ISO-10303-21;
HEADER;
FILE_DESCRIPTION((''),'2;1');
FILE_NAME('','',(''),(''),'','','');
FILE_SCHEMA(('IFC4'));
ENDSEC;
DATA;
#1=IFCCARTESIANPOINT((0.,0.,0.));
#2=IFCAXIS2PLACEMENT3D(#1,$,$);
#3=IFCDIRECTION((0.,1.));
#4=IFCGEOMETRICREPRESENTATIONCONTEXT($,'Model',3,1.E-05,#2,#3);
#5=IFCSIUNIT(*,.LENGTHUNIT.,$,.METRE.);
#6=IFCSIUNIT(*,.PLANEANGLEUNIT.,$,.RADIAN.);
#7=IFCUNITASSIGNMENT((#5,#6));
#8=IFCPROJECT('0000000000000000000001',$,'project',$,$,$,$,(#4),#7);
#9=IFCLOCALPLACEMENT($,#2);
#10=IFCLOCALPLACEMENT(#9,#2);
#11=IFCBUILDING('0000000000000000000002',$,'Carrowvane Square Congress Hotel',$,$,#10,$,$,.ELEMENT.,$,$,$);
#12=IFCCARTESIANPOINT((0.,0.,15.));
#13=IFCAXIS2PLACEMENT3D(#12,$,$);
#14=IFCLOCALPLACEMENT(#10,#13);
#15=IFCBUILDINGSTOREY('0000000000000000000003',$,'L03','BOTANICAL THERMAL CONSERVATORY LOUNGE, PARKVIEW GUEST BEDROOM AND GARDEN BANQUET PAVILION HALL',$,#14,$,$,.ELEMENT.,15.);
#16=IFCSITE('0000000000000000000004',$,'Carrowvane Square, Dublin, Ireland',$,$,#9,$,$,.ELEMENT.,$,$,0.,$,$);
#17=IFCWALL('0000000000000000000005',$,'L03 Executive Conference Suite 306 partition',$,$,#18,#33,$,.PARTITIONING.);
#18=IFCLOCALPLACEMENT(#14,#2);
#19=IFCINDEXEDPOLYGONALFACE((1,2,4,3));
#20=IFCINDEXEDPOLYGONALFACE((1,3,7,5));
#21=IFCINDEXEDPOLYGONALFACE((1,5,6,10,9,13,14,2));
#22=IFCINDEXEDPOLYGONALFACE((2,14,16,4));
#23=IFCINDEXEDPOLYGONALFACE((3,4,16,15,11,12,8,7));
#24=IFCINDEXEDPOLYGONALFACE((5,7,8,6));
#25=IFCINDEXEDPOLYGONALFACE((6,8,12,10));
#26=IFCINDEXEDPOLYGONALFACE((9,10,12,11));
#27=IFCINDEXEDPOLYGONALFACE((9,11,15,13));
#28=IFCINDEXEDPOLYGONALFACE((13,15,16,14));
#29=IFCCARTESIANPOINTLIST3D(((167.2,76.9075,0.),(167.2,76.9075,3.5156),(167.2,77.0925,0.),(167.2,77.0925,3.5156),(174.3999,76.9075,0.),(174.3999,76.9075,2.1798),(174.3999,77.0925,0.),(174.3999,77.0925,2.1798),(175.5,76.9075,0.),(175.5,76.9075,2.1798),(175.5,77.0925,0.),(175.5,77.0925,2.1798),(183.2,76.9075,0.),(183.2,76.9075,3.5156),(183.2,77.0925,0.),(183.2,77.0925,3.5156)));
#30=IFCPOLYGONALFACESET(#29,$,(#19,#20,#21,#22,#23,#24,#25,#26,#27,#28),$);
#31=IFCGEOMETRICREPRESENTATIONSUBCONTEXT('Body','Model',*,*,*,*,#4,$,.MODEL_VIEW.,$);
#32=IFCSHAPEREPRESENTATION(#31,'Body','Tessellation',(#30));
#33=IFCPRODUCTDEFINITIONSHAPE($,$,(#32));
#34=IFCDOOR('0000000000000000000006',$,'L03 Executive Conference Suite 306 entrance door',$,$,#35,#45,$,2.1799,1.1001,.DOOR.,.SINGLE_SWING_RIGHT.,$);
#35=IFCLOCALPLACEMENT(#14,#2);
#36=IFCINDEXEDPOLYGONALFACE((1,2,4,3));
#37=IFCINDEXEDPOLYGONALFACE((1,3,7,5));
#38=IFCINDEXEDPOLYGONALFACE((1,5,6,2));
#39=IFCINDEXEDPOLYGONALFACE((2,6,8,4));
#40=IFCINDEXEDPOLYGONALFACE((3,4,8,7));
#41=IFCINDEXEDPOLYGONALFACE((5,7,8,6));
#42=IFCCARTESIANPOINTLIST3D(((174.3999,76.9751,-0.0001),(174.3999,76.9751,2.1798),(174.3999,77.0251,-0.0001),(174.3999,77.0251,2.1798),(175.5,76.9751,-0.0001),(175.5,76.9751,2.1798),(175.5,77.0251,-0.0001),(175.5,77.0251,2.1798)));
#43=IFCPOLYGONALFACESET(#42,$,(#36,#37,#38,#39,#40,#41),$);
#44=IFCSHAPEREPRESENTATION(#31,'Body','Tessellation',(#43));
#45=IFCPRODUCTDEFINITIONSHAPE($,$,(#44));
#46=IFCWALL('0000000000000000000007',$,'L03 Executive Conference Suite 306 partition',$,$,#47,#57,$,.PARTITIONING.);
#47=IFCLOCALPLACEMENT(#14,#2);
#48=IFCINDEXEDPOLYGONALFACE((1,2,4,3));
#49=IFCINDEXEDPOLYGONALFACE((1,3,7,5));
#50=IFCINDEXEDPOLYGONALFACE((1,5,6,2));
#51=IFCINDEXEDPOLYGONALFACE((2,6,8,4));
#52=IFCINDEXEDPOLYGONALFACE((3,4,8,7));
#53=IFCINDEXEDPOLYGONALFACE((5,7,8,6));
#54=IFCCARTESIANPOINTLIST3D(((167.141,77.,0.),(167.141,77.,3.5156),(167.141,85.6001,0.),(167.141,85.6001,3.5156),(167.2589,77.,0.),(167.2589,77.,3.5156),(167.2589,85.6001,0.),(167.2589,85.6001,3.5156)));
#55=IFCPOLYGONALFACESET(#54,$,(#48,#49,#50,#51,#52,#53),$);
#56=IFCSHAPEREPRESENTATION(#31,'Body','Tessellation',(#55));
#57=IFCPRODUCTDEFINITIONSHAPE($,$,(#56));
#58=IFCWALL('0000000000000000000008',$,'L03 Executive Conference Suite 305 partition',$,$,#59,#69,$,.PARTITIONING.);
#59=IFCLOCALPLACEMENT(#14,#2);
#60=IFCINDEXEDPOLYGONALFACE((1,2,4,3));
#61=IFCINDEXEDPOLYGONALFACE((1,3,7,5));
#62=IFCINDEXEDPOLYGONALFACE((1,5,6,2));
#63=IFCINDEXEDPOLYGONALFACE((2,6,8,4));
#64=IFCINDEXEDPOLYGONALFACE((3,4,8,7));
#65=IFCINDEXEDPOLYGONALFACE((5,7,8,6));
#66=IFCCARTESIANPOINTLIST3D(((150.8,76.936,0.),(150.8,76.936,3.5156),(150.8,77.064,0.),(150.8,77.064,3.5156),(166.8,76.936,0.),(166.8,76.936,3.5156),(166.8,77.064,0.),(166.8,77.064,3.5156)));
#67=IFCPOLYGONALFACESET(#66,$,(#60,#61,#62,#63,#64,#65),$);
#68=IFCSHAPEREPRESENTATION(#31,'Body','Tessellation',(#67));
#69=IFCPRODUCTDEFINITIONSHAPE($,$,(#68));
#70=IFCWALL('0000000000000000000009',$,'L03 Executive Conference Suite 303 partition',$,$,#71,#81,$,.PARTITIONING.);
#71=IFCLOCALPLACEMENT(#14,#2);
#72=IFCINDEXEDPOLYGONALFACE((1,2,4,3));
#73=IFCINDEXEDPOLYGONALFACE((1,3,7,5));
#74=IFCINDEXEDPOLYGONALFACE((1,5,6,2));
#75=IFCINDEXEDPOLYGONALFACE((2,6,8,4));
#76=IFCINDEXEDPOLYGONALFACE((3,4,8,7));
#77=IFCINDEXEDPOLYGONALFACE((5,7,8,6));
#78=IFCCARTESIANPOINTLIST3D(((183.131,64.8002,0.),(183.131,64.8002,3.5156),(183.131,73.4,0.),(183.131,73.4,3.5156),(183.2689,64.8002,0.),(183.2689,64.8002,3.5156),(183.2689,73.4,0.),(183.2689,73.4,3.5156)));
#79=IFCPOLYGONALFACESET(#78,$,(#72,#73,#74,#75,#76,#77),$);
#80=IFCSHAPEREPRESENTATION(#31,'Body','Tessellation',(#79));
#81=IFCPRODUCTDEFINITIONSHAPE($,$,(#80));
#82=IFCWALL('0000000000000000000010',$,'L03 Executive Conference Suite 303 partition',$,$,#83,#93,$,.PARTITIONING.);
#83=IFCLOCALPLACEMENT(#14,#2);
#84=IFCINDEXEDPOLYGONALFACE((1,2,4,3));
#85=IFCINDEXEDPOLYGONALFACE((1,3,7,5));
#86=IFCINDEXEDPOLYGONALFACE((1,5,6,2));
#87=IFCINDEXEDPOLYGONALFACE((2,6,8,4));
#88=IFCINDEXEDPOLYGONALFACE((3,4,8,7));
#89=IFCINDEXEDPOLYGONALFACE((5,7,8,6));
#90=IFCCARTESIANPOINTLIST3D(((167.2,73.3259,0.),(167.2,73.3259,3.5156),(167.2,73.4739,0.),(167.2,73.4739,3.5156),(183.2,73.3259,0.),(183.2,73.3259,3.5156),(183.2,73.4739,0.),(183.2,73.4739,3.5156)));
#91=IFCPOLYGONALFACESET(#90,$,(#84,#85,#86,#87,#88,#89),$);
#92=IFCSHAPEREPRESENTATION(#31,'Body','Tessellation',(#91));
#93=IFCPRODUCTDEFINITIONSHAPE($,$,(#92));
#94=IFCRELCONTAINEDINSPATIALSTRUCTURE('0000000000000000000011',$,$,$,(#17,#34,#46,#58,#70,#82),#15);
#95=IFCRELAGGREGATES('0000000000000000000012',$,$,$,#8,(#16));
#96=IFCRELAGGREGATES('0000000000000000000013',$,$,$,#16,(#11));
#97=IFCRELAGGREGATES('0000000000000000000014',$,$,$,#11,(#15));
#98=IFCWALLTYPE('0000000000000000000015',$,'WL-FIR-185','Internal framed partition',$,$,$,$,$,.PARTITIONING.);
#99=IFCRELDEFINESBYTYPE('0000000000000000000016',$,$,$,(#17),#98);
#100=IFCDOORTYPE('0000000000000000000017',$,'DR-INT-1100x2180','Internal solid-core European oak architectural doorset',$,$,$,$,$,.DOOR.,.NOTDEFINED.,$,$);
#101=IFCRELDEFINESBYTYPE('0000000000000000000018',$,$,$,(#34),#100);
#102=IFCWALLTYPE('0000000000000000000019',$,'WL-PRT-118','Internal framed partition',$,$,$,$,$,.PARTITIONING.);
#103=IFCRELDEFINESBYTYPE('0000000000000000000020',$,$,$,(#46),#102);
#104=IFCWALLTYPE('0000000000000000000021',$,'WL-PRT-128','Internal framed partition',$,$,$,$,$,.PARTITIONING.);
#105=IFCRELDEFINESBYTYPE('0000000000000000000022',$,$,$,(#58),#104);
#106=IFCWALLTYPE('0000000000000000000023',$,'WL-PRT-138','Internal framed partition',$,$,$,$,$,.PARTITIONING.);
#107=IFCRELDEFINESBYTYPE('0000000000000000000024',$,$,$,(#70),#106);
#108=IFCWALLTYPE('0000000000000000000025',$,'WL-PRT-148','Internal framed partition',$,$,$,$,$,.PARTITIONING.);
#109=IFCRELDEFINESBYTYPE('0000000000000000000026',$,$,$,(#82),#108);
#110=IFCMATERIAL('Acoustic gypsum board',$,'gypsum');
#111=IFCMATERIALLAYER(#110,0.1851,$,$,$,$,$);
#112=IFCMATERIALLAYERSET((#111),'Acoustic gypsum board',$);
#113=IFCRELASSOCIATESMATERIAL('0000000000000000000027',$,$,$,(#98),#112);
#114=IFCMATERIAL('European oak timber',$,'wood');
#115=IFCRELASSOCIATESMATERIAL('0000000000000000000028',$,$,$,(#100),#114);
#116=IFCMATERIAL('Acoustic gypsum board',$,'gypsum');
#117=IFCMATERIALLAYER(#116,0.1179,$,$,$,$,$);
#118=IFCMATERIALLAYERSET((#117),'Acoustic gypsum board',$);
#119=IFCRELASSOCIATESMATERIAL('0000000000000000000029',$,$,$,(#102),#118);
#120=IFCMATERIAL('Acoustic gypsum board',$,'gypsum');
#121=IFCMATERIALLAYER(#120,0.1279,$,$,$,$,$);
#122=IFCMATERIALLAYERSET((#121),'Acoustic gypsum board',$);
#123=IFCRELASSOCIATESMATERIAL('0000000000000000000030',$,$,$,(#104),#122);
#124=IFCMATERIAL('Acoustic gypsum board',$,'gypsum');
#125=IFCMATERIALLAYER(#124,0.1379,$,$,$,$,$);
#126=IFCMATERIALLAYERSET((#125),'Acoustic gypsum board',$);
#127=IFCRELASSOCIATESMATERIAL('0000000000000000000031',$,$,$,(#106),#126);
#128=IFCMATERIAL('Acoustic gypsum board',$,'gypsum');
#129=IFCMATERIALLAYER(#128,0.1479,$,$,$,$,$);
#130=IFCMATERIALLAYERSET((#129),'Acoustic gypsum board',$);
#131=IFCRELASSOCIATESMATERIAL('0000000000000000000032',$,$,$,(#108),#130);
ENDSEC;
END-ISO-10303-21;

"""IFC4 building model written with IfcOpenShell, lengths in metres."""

from ifc_helpers import new_model, si_unit, direction, frame, frame_2d, origin, place, context, subcontext, project, spatial, rectangle, extrude, material, layer, layer_set, type_object, element, fill, save


model = new_model("IFC4")

# Units and contexts
model_context = context("Model", 3, precision=1e-05, world=origin(), true_north=direction((0.0, 1.0)))
body_context = subcontext(model_context, "Body", "Model", "MODEL_VIEW")
ifc_project = project(units=[si_unit("LENGTHUNIT", "METRE"), si_unit("PLANEANGLEUNIT", "RADIAN")], contexts=[model_context])

# Site, building, storey
site_placement = place(None, origin())
site = spatial("IfcSite", under=ifc_project, at=site_placement, Name="Carrowvane Square, Dublin, Ireland", CompositionType="ELEMENT", RefElevation=0.0)
building_placement = place(site_placement, origin())
building = spatial("IfcBuilding", under=site, at=building_placement, Name="Carrowvane Square Congress Hotel", CompositionType="ELEMENT")
storey_placement = place(building_placement, frame((0.0, 0.0, 15.0)))
storey = spatial("IfcBuildingStorey", under=building, at=storey_placement, Name="L03", Description="BOTANICAL THERMAL CONSERVATORY LOUNGE, PARKVIEW GUEST BEDROOM AND GARDEN BANQUET PAVILION HALL", CompositionType="ELEMENT", Elevation=15.0)

# Wall, opening, door
ifc_material_1 = material(Name="Acoustic gypsum board", Category="gypsum")
ifc_layer_1 = layer(ifc_material_1, 0.1851)
ifc_layer_set_1 = layer_set([ifc_layer_1], Name="Acoustic gypsum board")
wall_type_1 = type_object("IfcWallType", Name="WL-FIR-185", Description="Internal framed partition", PredefinedType="PARTITIONING", material=ifc_layer_set_1)
wall_1_placement = place(storey_placement, frame((183.2, 77.0, 0.0), z_axis=(0.0, 0.0, 1.0), x_axis=(-1.0, 0.0, 0.0)))
wall_1 = element("IfcWall", 1, at=wall_1_placement, inside=storey, type_object=wall_type_1, Name="L03 Executive Conference Suite 306 partition", PredefinedType="PARTITIONING", context=body_context, shape_type="SweptSolid", body=[
    extrude(rectangle(XDim=16.0, YDim=0.1851, at=frame_2d((8.0, 0.0))), origin(), (0.0, 0.0, 1.0), 3.5156),
])
opening_1_placement = place(wall_1_placement, frame((7.7, 0.0, 0.0)))
opening_1 = element("IfcOpeningElement", 2, at=opening_1_placement, cuts=wall_1, PredefinedType="OPENING", context=body_context, shape_type="SweptSolid", body=[
    extrude(rectangle(XDim=1.1001, YDim=2.1799, at=frame_2d((0.55, 1.0898))), frame((0.0, 0.1025, 0.0), z_axis=(0.0, -1.0, 0.0), x_axis=(1.0, 0.0, 0.0)), (0.0, 0.0, 1.0), 0.2051),
])
ifc_material_2 = material(Name="European oak timber", Category="wood")
door_type = type_object("IfcDoorType", Name="DR-INT-1100x2180", Description="Internal solid-core European oak architectural doorset", OperationType="NOTDEFINED", PredefinedType="DOOR", material=ifc_material_2)
door_placement = place(opening_1_placement, origin())
door = element("IfcDoor", 3, at=door_placement, inside=storey, type_object=door_type, Name="L03 Executive Conference Suite 306 entrance door", OperationType="SINGLE_SWING_RIGHT", OverallHeight=2.1799, OverallWidth=1.1001, PredefinedType="DOOR", context=body_context, shape_type="SweptSolid", body=[
    extrude(rectangle(XDim=1.1001, YDim=2.1799, at=frame_2d((0.55, 1.0898))), frame((0.0, 0.0249, 0.0), z_axis=(0.0, -1.0, 0.0), x_axis=(1.0, 0.0, 0.0)), (0.0, 0.0, 1.0), 0.05),
])
fill(opening_1, door)

# Walls
ifc_material_3 = material(Name="Acoustic gypsum board", Category="gypsum")
ifc_layer_2 = layer(ifc_material_3, 0.1179)
ifc_layer_set_2 = layer_set([ifc_layer_2], Name="Acoustic gypsum board")
wall_type_2 = type_object("IfcWallType", Name="WL-PRT-118", Description="Internal framed partition", PredefinedType="PARTITIONING", material=ifc_layer_set_2)
wall_2_placement = place(storey_placement, frame((167.2, 77.0, 0.0), z_axis=(0.0, 0.0, 1.0), x_axis=(0.0, 1.0, 0.0)))
element("IfcWall", 4, at=wall_2_placement, inside=storey, type_object=wall_type_2, Name="L03 Executive Conference Suite 306 partition", PredefinedType="PARTITIONING", context=body_context, shape_type="SweptSolid", body=[
    extrude(rectangle(XDim=8.6001, YDim=0.1179, at=frame_2d((4.3, 0.0))), origin(), (0.0, 0.0, 1.0), 3.5156),
])
ifc_material_4 = material(Name="Acoustic gypsum board", Category="gypsum")
ifc_layer_3 = layer(ifc_material_4, 0.1279)
ifc_layer_set_3 = layer_set([ifc_layer_3], Name="Acoustic gypsum board")
wall_type_3 = type_object("IfcWallType", Name="WL-PRT-128", Description="Internal framed partition", PredefinedType="PARTITIONING", material=ifc_layer_set_3)
wall_3_placement = place(storey_placement, frame((166.8, 77.0, 0.0), z_axis=(0.0, 0.0, 1.0), x_axis=(-1.0, 0.0, 0.0)))
element("IfcWall", 5, at=wall_3_placement, inside=storey, type_object=wall_type_3, Name="L03 Executive Conference Suite 305 partition", PredefinedType="PARTITIONING", context=body_context, shape_type="SweptSolid", body=[
    extrude(rectangle(XDim=16.0, YDim=0.1279, at=frame_2d((8.0, 0.0))), origin(), (0.0, 0.0, 1.0), 3.5156),
])
ifc_material_5 = material(Name="Acoustic gypsum board", Category="gypsum")
ifc_layer_4 = layer(ifc_material_5, 0.1379)
ifc_layer_set_4 = layer_set([ifc_layer_4], Name="Acoustic gypsum board")
wall_type_4 = type_object("IfcWallType", Name="WL-PRT-138", Description="Internal framed partition", PredefinedType="PARTITIONING", material=ifc_layer_set_4)
wall_4_placement = place(storey_placement, frame((183.2, 73.3999, 0.0), z_axis=(0.0, 0.0, 1.0), x_axis=(0.0, -1.0, 0.0)))
element("IfcWall", 6, at=wall_4_placement, inside=storey, type_object=wall_type_4, Name="L03 Executive Conference Suite 303 partition", PredefinedType="PARTITIONING", context=body_context, shape_type="SweptSolid", body=[
    extrude(rectangle(XDim=8.5999, YDim=0.1379, at=frame_2d((4.2998, 0.0))), origin(), (0.0, 0.0, 1.0), 3.5156),
])
ifc_material_6 = material(Name="Acoustic gypsum board", Category="gypsum")
ifc_layer_5 = layer(ifc_material_6, 0.1479)
ifc_layer_set_5 = layer_set([ifc_layer_5], Name="Acoustic gypsum board")
wall_type_5 = type_object("IfcWallType", Name="WL-PRT-148", Description="Internal framed partition", PredefinedType="PARTITIONING", material=ifc_layer_set_5)
wall_5_placement = place(storey_placement, frame((167.2, 73.3999, 0.0), z_axis=(0.0, 0.0, 1.0), x_axis=(1.0, 0.0, 0.0)))
element("IfcWall", 7, at=wall_5_placement, inside=storey, type_object=wall_type_5, Name="L03 Executive Conference Suite 303 partition", PredefinedType="PARTITIONING", context=body_context, shape_type="SweptSolid", body=[
    extrude(rectangle(XDim=16.0, YDim=0.1479, at=frame_2d((8.0, 0.0))), origin(), (0.0, 0.0, 1.0), 3.5156),
])

save(model, "model.ifc")
